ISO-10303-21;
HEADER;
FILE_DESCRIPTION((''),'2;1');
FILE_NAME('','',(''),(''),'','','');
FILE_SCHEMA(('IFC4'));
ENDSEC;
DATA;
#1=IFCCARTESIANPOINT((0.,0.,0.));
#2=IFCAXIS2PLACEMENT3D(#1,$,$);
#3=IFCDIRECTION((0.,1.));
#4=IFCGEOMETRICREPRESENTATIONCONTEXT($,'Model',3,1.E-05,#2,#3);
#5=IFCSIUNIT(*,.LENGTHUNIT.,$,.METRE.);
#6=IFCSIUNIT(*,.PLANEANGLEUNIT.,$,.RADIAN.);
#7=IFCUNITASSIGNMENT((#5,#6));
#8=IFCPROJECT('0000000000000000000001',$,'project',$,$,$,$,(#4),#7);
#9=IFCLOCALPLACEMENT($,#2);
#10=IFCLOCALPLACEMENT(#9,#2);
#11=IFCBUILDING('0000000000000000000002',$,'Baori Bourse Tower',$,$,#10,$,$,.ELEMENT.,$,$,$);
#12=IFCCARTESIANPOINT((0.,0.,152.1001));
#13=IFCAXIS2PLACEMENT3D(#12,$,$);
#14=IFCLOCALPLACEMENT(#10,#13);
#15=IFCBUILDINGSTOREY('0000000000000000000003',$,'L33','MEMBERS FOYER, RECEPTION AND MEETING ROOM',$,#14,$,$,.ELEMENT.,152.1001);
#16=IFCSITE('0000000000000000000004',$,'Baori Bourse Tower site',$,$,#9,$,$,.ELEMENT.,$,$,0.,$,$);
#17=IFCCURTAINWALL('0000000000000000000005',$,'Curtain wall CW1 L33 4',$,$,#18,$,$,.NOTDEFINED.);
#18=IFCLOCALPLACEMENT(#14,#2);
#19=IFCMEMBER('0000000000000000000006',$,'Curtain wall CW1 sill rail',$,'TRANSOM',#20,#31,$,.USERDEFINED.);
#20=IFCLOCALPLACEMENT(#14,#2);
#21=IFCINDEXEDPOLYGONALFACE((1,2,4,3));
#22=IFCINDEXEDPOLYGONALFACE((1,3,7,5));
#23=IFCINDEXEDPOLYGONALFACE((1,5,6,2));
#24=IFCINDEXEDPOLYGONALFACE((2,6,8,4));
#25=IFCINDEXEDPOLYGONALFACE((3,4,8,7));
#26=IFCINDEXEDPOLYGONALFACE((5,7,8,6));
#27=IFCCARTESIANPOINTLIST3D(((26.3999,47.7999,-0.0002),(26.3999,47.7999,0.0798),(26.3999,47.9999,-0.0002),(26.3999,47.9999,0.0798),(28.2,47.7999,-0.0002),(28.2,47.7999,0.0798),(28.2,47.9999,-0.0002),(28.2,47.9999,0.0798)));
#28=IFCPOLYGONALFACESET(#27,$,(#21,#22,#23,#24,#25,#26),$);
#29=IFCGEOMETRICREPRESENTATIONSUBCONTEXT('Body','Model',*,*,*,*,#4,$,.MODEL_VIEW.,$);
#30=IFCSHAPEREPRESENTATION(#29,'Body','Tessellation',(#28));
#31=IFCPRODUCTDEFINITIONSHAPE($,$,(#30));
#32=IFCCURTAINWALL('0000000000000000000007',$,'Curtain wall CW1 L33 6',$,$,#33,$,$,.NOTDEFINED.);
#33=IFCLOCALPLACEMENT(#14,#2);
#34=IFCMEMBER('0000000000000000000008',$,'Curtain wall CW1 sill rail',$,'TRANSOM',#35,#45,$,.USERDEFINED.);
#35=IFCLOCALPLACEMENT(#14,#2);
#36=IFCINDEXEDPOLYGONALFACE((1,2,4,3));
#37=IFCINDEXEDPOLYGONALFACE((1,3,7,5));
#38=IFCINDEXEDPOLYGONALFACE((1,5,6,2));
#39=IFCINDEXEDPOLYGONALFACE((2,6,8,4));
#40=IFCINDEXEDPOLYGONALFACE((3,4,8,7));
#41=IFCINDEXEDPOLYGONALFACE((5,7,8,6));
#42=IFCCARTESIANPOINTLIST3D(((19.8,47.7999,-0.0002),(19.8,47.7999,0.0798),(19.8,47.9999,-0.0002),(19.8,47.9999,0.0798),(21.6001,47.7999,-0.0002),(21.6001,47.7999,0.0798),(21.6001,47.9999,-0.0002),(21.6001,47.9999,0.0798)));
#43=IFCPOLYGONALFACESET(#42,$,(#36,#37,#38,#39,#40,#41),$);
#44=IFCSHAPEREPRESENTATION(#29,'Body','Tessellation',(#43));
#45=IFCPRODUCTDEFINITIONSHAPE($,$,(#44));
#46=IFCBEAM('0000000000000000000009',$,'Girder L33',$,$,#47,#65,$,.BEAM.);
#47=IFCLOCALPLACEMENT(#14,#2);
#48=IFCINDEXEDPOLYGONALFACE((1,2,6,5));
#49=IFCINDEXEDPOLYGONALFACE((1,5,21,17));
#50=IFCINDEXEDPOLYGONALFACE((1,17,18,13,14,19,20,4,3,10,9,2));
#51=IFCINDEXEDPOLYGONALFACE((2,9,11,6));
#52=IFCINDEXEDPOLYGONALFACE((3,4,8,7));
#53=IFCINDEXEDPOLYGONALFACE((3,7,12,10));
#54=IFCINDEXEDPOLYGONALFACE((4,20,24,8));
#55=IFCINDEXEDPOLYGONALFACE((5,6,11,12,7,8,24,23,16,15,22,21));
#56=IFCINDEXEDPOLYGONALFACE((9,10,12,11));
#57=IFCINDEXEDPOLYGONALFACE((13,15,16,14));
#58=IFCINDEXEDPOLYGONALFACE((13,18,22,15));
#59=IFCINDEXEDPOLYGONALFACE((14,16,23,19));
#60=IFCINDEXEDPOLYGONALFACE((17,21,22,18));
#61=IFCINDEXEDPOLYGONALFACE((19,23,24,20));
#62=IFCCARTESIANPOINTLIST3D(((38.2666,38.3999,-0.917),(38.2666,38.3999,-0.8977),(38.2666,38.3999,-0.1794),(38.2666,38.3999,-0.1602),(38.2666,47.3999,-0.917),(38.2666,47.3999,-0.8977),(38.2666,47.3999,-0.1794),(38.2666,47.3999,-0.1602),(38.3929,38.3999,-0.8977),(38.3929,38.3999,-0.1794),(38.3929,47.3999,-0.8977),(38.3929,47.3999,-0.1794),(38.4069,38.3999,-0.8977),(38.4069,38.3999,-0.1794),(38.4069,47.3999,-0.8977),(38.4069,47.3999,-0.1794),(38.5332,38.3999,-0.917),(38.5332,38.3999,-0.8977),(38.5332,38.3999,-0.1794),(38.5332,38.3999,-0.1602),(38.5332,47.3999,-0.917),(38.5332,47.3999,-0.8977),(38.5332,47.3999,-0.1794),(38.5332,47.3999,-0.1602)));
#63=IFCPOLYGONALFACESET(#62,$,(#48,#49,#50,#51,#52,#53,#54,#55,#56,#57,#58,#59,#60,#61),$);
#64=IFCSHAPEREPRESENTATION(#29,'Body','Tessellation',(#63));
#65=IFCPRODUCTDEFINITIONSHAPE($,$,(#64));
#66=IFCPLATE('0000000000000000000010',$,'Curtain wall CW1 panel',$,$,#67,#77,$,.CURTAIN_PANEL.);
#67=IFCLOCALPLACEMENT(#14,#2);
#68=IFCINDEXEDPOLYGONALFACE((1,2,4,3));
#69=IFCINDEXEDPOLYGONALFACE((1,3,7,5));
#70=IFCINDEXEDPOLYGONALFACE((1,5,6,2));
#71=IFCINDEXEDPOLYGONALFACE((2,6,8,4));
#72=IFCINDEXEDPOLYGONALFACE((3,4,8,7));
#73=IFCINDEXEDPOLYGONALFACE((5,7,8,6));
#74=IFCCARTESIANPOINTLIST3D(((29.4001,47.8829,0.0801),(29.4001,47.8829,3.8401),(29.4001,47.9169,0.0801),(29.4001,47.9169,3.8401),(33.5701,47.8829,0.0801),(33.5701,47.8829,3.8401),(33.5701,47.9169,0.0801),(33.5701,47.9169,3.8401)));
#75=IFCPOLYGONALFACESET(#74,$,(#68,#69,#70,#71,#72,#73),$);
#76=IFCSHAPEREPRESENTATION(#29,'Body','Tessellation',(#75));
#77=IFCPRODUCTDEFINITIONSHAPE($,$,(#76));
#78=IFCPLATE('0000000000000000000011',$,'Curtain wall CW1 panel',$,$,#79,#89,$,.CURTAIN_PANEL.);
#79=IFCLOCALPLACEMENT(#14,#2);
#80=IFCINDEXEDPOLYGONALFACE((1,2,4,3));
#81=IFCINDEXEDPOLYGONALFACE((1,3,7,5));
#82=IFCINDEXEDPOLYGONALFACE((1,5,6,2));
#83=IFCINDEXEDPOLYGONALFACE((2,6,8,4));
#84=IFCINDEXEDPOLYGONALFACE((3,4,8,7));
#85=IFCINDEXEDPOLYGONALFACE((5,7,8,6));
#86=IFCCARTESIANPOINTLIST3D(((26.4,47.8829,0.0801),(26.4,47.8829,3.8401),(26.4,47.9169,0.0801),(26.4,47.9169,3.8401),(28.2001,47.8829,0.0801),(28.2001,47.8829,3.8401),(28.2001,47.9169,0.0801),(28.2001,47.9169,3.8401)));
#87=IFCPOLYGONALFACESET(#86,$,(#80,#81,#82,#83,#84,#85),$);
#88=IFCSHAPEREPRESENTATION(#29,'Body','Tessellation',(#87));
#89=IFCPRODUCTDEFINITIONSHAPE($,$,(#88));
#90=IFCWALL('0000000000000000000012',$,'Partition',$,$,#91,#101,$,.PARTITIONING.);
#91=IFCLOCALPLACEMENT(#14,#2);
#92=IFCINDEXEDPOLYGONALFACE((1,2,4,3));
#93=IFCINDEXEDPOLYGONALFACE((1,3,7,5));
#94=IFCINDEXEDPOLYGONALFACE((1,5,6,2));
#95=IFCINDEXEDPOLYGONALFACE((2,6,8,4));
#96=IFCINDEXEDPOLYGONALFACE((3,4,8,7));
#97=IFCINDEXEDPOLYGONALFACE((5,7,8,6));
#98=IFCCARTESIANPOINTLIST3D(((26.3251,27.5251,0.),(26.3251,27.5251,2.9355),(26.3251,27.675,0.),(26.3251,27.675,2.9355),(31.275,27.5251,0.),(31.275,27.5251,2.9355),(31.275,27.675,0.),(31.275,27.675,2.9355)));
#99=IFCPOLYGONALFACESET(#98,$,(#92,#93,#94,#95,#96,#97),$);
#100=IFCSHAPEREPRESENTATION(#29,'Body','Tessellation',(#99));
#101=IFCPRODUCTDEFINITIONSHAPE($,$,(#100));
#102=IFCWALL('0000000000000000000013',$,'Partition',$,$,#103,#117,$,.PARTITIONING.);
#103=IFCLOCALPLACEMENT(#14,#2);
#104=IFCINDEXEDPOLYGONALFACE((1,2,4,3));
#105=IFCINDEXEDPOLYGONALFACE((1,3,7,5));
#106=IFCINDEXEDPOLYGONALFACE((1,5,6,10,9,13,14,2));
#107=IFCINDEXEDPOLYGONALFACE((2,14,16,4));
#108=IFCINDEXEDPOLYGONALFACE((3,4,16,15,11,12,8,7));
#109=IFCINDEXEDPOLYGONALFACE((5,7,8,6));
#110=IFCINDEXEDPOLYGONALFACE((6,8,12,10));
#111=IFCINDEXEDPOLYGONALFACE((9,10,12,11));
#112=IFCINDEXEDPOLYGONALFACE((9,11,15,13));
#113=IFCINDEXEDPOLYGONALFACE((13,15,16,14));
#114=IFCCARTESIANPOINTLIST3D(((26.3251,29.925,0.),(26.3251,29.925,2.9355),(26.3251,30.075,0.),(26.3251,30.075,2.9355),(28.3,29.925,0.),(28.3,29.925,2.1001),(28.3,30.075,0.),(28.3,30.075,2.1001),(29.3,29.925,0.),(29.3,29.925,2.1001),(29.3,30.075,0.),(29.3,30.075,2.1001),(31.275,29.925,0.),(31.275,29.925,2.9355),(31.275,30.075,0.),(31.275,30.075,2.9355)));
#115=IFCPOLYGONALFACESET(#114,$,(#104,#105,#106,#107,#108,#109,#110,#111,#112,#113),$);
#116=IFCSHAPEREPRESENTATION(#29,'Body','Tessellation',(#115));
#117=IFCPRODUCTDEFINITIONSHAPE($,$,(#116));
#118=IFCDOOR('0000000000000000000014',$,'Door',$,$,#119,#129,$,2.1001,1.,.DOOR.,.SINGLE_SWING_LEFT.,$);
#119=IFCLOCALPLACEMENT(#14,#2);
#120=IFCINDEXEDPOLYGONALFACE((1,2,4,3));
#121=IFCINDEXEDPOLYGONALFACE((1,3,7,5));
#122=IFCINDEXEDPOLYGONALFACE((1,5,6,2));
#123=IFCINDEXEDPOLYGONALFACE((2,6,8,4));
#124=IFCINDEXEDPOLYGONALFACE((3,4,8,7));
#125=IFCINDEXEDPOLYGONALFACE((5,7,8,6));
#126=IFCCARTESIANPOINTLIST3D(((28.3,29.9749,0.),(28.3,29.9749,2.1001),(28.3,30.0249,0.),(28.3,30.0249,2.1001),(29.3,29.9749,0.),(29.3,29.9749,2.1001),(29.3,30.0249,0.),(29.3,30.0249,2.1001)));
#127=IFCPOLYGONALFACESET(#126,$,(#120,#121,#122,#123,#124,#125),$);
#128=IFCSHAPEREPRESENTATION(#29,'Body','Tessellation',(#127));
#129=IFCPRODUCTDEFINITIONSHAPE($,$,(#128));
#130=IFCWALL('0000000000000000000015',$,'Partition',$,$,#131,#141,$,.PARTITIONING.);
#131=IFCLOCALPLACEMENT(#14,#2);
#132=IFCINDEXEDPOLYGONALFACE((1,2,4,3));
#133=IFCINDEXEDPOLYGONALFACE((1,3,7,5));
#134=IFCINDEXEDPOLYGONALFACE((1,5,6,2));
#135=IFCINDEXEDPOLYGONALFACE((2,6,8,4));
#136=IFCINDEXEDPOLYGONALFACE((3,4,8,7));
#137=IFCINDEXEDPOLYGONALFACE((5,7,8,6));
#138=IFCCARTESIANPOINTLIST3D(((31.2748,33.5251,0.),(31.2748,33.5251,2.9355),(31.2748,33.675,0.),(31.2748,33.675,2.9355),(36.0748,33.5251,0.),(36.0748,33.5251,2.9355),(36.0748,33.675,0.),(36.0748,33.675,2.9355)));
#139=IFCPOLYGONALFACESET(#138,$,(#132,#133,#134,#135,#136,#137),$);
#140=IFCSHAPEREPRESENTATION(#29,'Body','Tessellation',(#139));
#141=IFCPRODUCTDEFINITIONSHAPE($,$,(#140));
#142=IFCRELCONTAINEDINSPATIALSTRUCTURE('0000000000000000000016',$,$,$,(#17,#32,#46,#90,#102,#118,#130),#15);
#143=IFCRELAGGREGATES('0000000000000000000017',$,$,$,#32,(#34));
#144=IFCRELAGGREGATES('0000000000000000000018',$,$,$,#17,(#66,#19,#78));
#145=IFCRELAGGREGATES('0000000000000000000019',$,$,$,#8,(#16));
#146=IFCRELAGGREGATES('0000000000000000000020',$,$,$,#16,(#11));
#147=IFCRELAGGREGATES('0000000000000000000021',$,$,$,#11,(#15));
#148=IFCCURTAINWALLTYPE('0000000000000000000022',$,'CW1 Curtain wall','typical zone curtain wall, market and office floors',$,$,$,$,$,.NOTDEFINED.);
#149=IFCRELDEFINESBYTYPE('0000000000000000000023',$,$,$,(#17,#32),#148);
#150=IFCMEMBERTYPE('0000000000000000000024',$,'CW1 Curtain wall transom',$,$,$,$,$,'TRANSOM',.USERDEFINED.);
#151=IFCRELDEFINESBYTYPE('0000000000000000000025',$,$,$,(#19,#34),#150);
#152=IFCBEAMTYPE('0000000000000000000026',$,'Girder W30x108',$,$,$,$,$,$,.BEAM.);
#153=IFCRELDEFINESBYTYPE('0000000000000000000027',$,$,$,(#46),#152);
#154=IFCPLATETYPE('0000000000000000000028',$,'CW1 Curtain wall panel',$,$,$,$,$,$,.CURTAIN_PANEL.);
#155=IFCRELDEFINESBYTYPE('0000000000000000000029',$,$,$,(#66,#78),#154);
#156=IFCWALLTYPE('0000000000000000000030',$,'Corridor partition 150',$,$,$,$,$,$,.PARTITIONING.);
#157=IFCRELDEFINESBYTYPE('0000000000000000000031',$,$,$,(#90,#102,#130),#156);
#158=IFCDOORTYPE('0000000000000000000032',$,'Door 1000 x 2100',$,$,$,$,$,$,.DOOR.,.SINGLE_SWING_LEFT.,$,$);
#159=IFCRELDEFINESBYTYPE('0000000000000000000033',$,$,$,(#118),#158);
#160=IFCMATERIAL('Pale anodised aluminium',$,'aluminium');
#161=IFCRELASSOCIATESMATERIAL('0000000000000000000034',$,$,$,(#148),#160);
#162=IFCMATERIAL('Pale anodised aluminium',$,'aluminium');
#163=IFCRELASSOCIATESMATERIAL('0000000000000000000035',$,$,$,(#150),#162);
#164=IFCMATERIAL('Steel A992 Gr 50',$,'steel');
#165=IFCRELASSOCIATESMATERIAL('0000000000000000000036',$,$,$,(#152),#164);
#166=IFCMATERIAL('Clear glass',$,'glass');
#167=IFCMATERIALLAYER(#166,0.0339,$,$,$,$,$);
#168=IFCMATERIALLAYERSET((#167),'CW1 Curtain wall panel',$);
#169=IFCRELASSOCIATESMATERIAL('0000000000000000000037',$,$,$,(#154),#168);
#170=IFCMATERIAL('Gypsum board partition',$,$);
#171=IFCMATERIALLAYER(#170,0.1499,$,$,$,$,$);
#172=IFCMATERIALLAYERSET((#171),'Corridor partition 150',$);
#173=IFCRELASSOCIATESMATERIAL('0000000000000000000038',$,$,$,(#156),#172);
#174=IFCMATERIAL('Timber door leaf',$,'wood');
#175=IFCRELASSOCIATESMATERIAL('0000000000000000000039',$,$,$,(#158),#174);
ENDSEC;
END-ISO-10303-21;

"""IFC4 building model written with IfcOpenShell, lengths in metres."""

from ifc_helpers import new_model, si_unit, direction, frame, frame_2d, origin, origin_2d, place, context, subcontext, project, spatial, rectangle, i_section, extrude, material, layer, layer_set, material_profile, profile_set, type_object, element, fill, aggregate, save


model = new_model("IFC4")

# Units and contexts
model_context = context("Model", 3, precision=1e-05, world=origin(), true_north=direction((0.0, 1.0)))
body_context = subcontext(model_context, "Body", "Model", "MODEL_VIEW")
ifc_project = project(units=[si_unit("LENGTHUNIT", "METRE"), si_unit("PLANEANGLEUNIT", "RADIAN")], contexts=[model_context])

# Site, building, storey
site_placement = place(None, origin())
site = spatial("IfcSite", under=ifc_project, at=site_placement, Name="Baori Bourse Tower site", CompositionType="ELEMENT", RefElevation=0.0)
building_placement = place(site_placement, origin())
building = spatial("IfcBuilding", under=site, at=building_placement, Name="Baori Bourse Tower", CompositionType="ELEMENT")
storey_placement = place(building_placement, frame((0.0, 0.0, 152.1001)))
storey = spatial("IfcBuildingStorey", under=building, at=storey_placement, Name="L33", Description="MEMBERS FOYER, RECEPTION AND MEETING ROOM", CompositionType="ELEMENT", Elevation=152.1001)

# Curtain walls, members
ifc_material_1 = material(Name="Pale anodised aluminium", Category="aluminium")
curtain_wall_type = type_object("IfcCurtainWallType", Name="CW1 Curtain wall", Description="typical zone curtain wall, market and office floors", PredefinedType="NOTDEFINED", material=ifc_material_1)
curtain_wall_1_placement = place(storey_placement, origin())
curtain_wall_1 = element("IfcCurtainWall", 1, at=curtain_wall_1_placement, inside=storey, type_object=curtain_wall_type, Name="Curtain wall CW1 L33 4", PredefinedType="NOTDEFINED")
ifc_material_2 = material(Name="Pale anodised aluminium", Category="aluminium")
ifc_material_profile_1 = material_profile(ifc_material_2, rectangle(XDim=0.2, YDim=0.0801, at=origin_2d()), Name="Transom 80x200")
ifc_profile_set_1 = profile_set([ifc_material_profile_1], Name="Pale anodised aluminium")
member_type = type_object("IfcMemberType", Name="CW1 Curtain wall transom", ElementType="TRANSOM", PredefinedType="USERDEFINED", material=ifc_profile_set_1)
member_1_placement = place(storey_placement, frame((28.2, 47.8999, 0.0398), z_axis=(-1.0, 0.0, 0.0), x_axis=(0.0, -1.0, 0.0)))
member_1 = element("IfcMember", 2, at=member_1_placement, type_object=member_type, Name="Curtain wall CW1 sill rail", ObjectType="TRANSOM", PredefinedType="USERDEFINED", context=body_context, shape_type="SweptSolid", body=[
    extrude(rectangle(XDim=0.2, YDim=0.0801, at=origin_2d()), origin(), (0.0, 0.0, 1.0), 1.8),
])
curtain_wall_2_placement = place(storey_placement, origin())
curtain_wall_2 = element("IfcCurtainWall", 3, at=curtain_wall_2_placement, inside=storey, type_object=curtain_wall_type, Name="Curtain wall CW1 L33 6", PredefinedType="NOTDEFINED")
member_2_placement = place(storey_placement, frame((21.6001, 47.8999, 0.0398), z_axis=(-1.0, 0.0, 0.0), x_axis=(0.0, -1.0, 0.0)))
member_2 = element("IfcMember", 4, at=member_2_placement, type_object=member_type, Name="Curtain wall CW1 sill rail", ObjectType="TRANSOM", PredefinedType="USERDEFINED", context=body_context, shape_type="SweptSolid", body=[
    extrude(rectangle(XDim=0.2, YDim=0.0801, at=origin_2d()), origin(), (0.0, 0.0, 1.0), 1.8),
])
aggregate(curtain_wall_2, [member_2])

# Beam
ifc_material_3 = material(Name="Steel A992 Gr 50", Category="steel")
ifc_material_profile_2 = material_profile(ifc_material_3, i_section(OverallWidth=0.2666, OverallDepth=0.7568, WebThickness=0.0139, FlangeThickness=0.0193, at=origin_2d()), Name="W30x108")
ifc_profile_set_2 = profile_set([ifc_material_profile_2], Name="Steel A992 Gr 50")
beam_type = type_object("IfcBeamType", Name="Girder W30x108", PredefinedType="BEAM", material=ifc_profile_set_2)
beam_placement = place(storey_placement, frame((38.3999, 38.3999, -0.5386), z_axis=(0.0, 1.0, 0.0), x_axis=(-1.0, 0.0, 0.0)))
element("IfcBeam", 5, at=beam_placement, inside=storey, type_object=beam_type, Name="Girder L33", PredefinedType="BEAM", context=body_context, shape_type="SweptSolid", body=[
    extrude(i_section(OverallWidth=0.2666, OverallDepth=0.7568, WebThickness=0.0139, FlangeThickness=0.0193, at=origin_2d()), origin(), (0.0, 0.0, 1.0), 9.0),
])

# Plates
ifc_material_4 = material(Name="Clear glass", Category="glass")
ifc_layer_1 = layer(ifc_material_4, 0.0339)
ifc_layer_set_1 = layer_set([ifc_layer_1], Name="CW1 Curtain wall panel")
plate_type = type_object("IfcPlateType", Name="CW1 Curtain wall panel", PredefinedType="CURTAIN_PANEL", material=ifc_layer_set_1)
plate_1_placement = place(storey_placement, frame((31.4851, 47.8999, 0.0801), z_axis=(0.0, 0.0, 1.0), x_axis=(-1.0, 0.0, 0.0)))
plate_1 = element("IfcPlate", 6, at=plate_1_placement, type_object=plate_type, Name="Curtain wall CW1 panel", PredefinedType="CURTAIN_PANEL", context=body_context, shape_type="SweptSolid", body=[
    extrude(rectangle(XDim=4.1699, YDim=0.0339, at=origin_2d()), origin(), (0.0, 0.0, 1.0), 3.76),
])
plate_2_placement = place(storey_placement, frame((27.3, 47.8999, 0.0801), z_axis=(0.0, 0.0, 1.0), x_axis=(-1.0, 0.0, 0.0)))
plate_2 = element("IfcPlate", 7, at=plate_2_placement, type_object=plate_type, Name="Curtain wall CW1 panel", PredefinedType="CURTAIN_PANEL", context=body_context, shape_type="SweptSolid", body=[
    extrude(rectangle(XDim=1.8, YDim=0.0339, at=origin_2d()), origin(), (0.0, 0.0, 1.0), 3.76),
])
aggregate(curtain_wall_1, [plate_1, member_1, plate_2])

# Wall
ifc_material_5 = material(Name="Gypsum board partition")
ifc_layer_2 = layer(ifc_material_5, 0.1499)
ifc_layer_set_2 = layer_set([ifc_layer_2], Name="Corridor partition 150")
wall_type_1 = type_object("IfcWallType", Name="Corridor partition 150", PredefinedType="PARTITIONING", material=ifc_layer_set_2)
wall_1_placement = place(storey_placement, frame((26.325, 27.6001, 0.0), z_axis=(0.0, 0.0, 1.0), x_axis=(1.0, 0.0, 0.0)))
element("IfcWall", 8, at=wall_1_placement, inside=storey, type_object=wall_type_1, Name="Partition", PredefinedType="PARTITIONING", context=body_context, shape_type="SweptSolid", body=[
    extrude(rectangle(XDim=4.95, YDim=0.1499, at=frame_2d((2.4751, 0.0))), origin(), (0.0, 0.0, 1.0), 2.9355),
])

# Wall, opening, door
wall_2_placement = place(storey_placement, frame((26.325, 30.0, 0.0), z_axis=(0.0, 0.0, 1.0), x_axis=(1.0, 0.0, 0.0)))
wall_2 = element("IfcWall", 9, at=wall_2_placement, inside=storey, type_object=wall_type_1, Name="Partition", PredefinedType="PARTITIONING", context=body_context, shape_type="SweptSolid", body=[
    extrude(rectangle(XDim=4.95, YDim=0.1499, at=frame_2d((2.4751, 0.0))), origin(), (0.0, 0.0, 1.0), 2.9355),
])
opening_1_placement = place(wall_2_placement, frame((1.9751, 0.0, 0.0)))
opening_1 = element("IfcOpeningElement", 10, at=opening_1_placement, cuts=wall_2, PredefinedType="OPENING", context=body_context, shape_type="SweptSolid", body=[
    extrude(rectangle(XDim=1.0, YDim=2.1001, at=frame_2d((0.5, 1.05))), frame((0.0, 0.085, 0.0), z_axis=(0.0, -1.0, 0.0), x_axis=(1.0, 0.0, 0.0)), (0.0, 0.0, 1.0), 0.1699),
])
ifc_material_6 = material(Name="Timber door leaf", Category="wood")
door_type_1 = type_object("IfcDoorType", Name="Door 1000 x 2100", OperationType="SINGLE_SWING_LEFT", PredefinedType="DOOR", material=ifc_material_6)
door_1_placement = place(opening_1_placement, origin())
door_1 = element("IfcDoor", 11, at=door_1_placement, inside=storey, type_object=door_type_1, Name="Door", OperationType="SINGLE_SWING_LEFT", OverallHeight=2.1001, OverallWidth=1.0, PredefinedType="DOOR", context=body_context, shape_type="SweptSolid", body=[
    extrude(rectangle(XDim=1.0, YDim=2.1001, at=frame_2d((0.5, 1.05))), frame((0.0, 0.0249, 0.0), z_axis=(0.0, -1.0, 0.0), x_axis=(1.0, 0.0, 0.0)), (0.0, 0.0, 1.0), 0.05),
])
fill(opening_1, door_1)

# Wall
wall_3_placement = place(storey_placement, frame((31.2749, 33.6001, 0.0), z_axis=(0.0, 0.0, 1.0), x_axis=(1.0, 0.0, 0.0)))
element("IfcWall", 12, at=wall_3_placement, inside=storey, type_object=wall_type_1, Name="Partition", PredefinedType="PARTITIONING", context=body_context, shape_type="SweptSolid", body=[
    extrude(rectangle(XDim=4.8, YDim=0.1499, at=frame_2d((2.3999, 0.0))), origin(), (0.0, 0.0, 1.0), 2.9355),
])

save(model, "model.ifc")
